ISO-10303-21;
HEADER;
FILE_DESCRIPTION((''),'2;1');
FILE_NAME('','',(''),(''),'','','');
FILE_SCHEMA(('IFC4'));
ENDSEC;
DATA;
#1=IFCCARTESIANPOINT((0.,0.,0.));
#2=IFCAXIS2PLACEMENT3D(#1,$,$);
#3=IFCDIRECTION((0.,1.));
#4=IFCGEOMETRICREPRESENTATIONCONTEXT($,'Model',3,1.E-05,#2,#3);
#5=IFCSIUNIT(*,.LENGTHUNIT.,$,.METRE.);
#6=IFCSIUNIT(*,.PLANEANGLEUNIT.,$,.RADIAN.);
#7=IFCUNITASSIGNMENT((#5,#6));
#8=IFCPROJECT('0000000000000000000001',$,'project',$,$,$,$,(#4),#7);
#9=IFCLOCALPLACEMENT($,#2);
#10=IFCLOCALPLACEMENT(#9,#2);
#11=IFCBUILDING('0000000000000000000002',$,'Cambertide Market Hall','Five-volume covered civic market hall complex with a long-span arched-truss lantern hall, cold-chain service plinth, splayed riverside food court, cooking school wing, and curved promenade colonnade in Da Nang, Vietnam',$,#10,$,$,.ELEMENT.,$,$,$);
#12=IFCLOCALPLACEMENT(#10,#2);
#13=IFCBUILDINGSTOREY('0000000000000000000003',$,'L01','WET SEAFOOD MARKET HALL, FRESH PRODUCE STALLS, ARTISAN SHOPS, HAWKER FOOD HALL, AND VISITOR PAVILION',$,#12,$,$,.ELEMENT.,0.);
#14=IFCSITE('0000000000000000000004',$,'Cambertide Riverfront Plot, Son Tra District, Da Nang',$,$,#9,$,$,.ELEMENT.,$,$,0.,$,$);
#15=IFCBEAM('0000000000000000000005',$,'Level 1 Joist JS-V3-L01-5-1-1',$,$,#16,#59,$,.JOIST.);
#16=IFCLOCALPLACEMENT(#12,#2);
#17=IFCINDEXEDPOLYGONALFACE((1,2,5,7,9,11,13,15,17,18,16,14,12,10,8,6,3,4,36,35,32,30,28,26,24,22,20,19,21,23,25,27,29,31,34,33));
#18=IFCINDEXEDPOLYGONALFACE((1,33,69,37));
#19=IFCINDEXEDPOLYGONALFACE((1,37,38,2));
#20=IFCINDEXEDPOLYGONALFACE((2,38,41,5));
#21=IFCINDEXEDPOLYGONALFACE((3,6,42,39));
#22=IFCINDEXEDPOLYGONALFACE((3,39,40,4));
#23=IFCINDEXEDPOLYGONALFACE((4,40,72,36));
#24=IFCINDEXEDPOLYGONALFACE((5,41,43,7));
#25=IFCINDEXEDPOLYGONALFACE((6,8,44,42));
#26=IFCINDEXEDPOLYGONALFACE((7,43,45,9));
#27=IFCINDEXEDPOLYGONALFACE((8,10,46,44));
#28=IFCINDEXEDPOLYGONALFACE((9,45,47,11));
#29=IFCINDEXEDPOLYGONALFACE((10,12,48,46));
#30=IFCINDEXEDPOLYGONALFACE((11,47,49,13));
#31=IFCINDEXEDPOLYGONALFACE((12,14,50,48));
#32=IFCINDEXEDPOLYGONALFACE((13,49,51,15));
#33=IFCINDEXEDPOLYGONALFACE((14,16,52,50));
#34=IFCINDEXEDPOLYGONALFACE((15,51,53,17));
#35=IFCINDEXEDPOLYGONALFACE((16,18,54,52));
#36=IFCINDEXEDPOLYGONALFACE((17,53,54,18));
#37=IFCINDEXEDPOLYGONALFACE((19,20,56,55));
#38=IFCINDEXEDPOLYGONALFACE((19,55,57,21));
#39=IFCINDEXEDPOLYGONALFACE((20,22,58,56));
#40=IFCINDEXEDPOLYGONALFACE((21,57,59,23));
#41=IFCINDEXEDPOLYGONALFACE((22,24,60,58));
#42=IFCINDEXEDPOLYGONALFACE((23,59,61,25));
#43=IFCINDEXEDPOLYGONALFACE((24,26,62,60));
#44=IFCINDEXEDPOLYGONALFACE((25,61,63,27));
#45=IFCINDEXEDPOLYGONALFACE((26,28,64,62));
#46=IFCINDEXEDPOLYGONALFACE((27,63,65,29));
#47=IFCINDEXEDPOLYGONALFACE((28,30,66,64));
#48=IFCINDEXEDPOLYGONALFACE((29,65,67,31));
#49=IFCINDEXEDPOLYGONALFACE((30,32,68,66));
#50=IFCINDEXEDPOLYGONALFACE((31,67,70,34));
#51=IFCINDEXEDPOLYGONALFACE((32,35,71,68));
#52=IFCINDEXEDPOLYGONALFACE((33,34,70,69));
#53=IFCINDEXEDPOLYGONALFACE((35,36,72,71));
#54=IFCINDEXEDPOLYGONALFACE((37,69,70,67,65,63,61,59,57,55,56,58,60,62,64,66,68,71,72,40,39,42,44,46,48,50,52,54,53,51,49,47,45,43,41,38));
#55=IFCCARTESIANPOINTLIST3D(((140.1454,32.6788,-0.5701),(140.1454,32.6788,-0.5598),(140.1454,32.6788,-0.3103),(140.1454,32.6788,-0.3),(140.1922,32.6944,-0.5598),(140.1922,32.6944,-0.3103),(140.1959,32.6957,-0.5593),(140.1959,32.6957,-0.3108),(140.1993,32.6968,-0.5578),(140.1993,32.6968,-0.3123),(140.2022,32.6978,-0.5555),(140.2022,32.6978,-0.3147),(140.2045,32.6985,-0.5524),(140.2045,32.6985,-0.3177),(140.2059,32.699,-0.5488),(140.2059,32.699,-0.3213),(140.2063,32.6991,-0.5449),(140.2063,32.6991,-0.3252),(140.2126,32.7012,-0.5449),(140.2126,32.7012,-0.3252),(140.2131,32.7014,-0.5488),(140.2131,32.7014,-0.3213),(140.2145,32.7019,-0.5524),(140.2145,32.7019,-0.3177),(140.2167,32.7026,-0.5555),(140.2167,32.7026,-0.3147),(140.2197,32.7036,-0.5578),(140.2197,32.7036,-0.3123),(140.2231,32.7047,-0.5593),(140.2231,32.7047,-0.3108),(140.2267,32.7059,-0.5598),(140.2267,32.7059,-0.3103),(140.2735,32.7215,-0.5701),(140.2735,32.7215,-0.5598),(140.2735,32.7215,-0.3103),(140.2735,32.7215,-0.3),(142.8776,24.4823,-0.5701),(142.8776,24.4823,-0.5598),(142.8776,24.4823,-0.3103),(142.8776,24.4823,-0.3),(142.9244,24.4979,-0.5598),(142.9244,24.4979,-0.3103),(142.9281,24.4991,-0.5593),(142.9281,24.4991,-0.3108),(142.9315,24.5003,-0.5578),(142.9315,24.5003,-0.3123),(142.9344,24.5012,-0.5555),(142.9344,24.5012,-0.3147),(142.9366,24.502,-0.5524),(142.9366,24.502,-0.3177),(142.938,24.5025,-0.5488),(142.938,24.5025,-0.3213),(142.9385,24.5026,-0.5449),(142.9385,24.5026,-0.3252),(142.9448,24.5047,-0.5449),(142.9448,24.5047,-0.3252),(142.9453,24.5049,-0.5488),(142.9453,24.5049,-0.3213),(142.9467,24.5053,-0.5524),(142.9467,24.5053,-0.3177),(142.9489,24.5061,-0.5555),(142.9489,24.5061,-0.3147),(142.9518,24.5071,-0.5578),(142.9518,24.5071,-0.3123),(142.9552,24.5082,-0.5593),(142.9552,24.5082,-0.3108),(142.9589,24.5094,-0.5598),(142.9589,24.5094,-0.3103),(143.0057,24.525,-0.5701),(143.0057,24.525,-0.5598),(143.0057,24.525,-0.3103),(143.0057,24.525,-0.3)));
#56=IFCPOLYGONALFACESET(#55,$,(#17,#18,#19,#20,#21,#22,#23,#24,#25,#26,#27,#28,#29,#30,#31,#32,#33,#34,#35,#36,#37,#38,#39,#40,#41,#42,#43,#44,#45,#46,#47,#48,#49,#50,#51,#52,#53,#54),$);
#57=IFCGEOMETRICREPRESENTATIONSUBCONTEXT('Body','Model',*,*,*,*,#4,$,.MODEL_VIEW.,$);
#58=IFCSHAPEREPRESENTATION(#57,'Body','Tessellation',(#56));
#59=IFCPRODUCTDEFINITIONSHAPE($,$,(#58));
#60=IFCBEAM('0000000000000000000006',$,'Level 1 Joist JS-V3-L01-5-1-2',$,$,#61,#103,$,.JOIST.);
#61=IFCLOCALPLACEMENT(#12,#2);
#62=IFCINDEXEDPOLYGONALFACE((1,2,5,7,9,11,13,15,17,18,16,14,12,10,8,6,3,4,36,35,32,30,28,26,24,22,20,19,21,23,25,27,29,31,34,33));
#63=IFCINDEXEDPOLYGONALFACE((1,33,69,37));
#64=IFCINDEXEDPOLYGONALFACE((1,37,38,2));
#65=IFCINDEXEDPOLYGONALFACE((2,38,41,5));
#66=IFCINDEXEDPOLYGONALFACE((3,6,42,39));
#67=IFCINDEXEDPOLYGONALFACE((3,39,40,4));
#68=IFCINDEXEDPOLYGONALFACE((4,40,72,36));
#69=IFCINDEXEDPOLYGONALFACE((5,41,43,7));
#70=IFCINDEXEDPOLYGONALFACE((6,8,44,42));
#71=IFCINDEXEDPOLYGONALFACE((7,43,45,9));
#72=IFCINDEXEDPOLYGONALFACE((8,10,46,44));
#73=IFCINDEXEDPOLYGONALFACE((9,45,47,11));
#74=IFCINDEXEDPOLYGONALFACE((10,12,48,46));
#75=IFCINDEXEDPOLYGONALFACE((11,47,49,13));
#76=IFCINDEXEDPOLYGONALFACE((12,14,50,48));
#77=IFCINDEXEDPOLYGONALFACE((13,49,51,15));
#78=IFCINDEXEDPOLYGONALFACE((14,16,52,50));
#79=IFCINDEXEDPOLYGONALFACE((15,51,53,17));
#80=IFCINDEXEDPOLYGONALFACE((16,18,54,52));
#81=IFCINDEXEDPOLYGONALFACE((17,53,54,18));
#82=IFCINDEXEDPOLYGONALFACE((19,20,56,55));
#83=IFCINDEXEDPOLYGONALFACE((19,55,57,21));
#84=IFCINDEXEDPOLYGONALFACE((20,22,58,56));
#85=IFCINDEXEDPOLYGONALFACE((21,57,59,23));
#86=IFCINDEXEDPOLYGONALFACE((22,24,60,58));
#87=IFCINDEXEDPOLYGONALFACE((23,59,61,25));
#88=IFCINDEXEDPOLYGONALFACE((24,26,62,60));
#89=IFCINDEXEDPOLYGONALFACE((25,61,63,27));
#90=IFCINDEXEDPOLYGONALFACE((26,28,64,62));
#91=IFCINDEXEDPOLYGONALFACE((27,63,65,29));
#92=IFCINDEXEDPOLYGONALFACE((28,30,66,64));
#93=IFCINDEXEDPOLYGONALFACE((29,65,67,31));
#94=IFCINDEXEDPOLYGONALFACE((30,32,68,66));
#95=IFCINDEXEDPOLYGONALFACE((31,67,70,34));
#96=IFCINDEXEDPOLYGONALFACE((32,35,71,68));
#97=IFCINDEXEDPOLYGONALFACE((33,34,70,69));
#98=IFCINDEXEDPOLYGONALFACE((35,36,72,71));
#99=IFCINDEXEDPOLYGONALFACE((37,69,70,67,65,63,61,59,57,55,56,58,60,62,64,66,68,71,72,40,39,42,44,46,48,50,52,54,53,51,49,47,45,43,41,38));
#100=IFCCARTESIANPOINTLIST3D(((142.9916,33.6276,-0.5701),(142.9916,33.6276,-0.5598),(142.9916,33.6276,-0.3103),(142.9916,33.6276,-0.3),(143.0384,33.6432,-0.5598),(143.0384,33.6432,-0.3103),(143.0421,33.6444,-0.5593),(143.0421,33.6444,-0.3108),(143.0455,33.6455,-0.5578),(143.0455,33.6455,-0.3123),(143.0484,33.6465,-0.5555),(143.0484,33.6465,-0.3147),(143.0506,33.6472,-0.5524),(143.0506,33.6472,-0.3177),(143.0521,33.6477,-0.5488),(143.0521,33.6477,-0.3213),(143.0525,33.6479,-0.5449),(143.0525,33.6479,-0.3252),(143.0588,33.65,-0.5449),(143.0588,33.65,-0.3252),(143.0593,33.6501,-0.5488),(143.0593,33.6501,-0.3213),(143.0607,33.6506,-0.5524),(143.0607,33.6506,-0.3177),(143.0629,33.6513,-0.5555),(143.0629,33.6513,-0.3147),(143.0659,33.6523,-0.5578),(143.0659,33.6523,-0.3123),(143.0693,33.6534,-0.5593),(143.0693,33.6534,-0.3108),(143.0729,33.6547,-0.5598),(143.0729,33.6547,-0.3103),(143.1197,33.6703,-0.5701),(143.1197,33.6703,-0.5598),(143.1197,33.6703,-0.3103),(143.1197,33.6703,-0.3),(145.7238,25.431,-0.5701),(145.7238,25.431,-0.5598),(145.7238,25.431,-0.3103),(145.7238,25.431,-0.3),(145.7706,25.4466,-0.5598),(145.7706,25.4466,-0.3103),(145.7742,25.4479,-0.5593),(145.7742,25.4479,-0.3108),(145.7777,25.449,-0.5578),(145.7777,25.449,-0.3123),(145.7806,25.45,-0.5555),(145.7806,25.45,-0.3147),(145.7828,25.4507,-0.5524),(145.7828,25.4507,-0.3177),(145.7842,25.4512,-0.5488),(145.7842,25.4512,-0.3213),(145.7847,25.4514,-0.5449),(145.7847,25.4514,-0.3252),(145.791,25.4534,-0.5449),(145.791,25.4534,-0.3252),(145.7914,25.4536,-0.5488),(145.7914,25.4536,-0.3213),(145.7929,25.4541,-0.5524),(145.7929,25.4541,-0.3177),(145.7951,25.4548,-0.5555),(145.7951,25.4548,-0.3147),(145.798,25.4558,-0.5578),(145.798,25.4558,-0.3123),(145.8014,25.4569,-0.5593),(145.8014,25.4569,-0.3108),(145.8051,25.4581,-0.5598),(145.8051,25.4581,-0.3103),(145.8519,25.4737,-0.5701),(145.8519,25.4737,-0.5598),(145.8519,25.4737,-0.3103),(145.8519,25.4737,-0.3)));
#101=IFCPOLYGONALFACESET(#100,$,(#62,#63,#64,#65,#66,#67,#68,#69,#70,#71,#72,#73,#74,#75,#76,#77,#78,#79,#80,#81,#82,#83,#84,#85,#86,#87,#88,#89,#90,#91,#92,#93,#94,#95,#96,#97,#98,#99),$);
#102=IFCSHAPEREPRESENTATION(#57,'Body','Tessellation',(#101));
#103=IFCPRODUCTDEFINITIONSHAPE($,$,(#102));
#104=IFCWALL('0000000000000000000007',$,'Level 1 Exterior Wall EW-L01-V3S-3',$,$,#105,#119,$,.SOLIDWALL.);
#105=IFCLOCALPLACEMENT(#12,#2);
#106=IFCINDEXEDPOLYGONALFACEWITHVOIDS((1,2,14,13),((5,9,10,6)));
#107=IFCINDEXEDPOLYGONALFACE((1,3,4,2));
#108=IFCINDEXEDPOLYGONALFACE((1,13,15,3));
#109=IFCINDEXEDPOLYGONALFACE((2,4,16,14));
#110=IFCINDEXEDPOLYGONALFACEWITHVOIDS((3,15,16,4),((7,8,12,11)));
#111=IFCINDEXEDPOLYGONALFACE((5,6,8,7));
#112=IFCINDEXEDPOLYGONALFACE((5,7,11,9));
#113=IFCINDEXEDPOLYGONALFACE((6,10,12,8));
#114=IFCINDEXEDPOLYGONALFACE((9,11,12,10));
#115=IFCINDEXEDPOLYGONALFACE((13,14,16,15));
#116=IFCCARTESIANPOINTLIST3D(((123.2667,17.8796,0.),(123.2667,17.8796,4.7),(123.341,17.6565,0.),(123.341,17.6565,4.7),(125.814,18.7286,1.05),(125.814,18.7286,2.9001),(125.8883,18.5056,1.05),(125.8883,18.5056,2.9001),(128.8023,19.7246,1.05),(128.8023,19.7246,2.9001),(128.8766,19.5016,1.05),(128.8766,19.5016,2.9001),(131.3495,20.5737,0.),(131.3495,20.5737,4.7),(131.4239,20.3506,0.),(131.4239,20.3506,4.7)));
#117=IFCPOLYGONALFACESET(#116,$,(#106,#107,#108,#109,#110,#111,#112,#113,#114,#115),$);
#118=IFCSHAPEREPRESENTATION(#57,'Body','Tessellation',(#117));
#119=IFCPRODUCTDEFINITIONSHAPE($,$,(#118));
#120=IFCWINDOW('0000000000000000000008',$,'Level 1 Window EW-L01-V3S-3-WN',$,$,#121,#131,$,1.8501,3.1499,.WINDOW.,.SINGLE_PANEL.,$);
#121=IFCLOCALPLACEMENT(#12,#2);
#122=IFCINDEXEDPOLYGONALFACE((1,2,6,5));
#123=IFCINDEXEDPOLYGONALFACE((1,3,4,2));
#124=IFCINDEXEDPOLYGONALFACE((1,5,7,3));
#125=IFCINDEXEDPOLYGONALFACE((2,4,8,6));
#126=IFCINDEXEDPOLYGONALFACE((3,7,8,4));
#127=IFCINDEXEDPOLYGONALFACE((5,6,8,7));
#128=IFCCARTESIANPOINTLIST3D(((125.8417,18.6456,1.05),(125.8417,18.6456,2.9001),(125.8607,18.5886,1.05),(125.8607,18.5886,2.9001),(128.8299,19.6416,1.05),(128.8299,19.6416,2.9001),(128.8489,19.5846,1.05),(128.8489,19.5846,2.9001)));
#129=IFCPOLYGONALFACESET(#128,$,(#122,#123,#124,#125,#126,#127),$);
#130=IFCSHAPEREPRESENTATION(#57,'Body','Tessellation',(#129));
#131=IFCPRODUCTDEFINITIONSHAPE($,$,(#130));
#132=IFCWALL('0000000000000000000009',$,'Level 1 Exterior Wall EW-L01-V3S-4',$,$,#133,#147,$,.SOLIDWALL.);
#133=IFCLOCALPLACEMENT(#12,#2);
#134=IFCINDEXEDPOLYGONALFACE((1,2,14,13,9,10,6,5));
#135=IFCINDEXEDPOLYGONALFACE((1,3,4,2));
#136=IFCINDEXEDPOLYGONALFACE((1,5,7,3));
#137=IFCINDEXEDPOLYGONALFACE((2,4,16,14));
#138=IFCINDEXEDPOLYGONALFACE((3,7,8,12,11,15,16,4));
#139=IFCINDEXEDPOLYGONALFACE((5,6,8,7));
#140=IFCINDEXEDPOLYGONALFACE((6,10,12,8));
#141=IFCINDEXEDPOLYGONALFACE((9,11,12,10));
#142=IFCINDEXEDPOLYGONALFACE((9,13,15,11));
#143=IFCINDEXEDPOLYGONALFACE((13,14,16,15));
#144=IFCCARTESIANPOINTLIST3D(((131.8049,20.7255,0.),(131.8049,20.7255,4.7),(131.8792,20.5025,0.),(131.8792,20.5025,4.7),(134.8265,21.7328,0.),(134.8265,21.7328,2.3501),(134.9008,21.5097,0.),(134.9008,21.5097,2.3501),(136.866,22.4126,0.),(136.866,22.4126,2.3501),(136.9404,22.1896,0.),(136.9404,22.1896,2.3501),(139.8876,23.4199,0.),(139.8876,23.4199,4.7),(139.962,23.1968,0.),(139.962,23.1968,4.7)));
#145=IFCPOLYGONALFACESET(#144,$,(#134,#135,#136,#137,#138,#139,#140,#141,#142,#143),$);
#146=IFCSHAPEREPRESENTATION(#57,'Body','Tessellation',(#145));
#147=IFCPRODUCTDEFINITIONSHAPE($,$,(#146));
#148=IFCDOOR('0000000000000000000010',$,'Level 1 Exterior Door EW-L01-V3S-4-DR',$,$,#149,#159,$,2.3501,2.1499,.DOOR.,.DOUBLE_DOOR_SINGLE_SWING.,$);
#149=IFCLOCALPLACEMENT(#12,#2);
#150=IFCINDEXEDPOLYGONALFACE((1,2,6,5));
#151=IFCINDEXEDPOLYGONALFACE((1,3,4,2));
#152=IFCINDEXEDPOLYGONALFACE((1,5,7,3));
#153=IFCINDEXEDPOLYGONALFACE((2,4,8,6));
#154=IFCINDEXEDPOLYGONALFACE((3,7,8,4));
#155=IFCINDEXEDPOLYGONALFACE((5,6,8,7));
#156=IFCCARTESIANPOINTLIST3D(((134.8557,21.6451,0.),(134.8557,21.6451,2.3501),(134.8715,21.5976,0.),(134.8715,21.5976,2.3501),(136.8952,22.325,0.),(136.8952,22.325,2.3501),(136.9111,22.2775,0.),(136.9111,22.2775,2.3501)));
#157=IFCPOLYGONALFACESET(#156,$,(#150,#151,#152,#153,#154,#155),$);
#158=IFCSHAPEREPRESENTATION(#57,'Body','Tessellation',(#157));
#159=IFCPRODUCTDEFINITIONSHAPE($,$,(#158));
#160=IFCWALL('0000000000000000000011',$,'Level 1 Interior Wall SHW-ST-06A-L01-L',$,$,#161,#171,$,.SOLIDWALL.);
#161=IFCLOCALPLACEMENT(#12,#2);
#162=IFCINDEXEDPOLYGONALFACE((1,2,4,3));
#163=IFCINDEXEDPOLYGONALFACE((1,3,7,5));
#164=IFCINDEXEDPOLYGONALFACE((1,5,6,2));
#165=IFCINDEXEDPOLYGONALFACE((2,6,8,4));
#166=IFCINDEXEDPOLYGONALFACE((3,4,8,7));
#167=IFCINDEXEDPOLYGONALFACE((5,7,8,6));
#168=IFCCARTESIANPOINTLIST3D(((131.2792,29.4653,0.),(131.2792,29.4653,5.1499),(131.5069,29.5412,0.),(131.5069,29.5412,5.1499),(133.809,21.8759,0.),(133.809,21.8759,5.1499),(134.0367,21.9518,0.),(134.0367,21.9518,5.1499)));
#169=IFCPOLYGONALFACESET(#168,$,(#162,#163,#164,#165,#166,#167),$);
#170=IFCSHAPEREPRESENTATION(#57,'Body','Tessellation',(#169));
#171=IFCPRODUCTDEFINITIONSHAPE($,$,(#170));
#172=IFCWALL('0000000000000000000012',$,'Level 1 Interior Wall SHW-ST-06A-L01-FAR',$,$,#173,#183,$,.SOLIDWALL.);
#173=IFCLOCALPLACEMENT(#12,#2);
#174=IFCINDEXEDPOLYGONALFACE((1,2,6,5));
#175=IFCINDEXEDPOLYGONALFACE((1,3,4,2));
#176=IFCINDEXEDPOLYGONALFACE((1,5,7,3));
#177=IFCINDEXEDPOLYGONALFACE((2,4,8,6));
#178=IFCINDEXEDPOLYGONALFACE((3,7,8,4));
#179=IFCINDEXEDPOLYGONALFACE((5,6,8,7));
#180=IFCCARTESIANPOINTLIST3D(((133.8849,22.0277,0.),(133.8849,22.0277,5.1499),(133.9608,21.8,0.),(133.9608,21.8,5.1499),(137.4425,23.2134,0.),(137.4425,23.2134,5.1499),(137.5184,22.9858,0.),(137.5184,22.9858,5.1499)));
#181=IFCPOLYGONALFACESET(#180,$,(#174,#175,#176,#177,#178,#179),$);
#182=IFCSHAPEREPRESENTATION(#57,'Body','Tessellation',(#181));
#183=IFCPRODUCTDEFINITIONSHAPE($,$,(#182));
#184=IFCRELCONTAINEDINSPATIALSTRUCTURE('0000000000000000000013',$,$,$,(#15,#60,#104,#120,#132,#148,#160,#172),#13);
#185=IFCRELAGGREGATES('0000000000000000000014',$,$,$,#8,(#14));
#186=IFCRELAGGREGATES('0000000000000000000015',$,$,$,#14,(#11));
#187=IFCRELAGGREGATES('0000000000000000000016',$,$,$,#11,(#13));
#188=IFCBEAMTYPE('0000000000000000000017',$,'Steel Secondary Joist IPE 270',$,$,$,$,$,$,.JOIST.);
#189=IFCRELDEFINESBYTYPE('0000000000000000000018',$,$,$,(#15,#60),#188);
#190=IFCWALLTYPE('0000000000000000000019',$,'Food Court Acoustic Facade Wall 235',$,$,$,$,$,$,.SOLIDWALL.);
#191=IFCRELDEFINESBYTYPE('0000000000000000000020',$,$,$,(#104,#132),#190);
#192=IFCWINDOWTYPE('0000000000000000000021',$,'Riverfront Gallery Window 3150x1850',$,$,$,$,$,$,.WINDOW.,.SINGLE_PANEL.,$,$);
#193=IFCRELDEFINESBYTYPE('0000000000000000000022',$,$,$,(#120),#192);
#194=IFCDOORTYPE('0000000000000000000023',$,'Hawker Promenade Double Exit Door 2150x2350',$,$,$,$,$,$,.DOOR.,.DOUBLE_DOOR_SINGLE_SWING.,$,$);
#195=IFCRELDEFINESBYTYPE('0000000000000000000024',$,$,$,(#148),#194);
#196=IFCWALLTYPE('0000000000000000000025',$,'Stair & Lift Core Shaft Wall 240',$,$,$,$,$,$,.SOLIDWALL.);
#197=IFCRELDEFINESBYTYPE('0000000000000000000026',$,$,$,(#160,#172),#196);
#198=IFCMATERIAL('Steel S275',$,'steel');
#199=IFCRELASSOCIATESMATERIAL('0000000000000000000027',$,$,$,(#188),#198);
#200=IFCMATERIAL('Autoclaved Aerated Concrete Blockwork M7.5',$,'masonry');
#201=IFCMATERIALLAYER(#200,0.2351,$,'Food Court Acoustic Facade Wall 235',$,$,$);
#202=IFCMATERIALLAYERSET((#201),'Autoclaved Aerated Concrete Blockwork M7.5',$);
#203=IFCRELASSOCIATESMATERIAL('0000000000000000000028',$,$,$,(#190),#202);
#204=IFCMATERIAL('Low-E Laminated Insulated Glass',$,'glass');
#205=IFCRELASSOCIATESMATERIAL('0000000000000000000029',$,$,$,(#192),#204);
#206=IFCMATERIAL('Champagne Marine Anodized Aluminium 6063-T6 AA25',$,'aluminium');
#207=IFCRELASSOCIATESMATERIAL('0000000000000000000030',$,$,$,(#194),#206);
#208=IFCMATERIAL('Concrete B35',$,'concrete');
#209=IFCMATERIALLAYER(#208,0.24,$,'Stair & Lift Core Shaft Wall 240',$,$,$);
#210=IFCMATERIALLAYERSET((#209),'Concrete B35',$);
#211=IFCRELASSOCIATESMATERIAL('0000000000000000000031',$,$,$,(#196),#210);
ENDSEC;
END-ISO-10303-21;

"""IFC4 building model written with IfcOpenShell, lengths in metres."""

from ifc_helpers import new_model, si_unit, direction, frame, frame_2d, origin, origin_2d, place, context, subcontext, project, spatial, rectangle, i_section, extrude, material, layer, layer_set, material_profile, profile_set, type_object, element, fill, save


model = new_model("IFC4")

# Units and contexts
model_context = context("Model", 3, precision=1e-05, world=origin(), true_north=direction((0.0, 1.0)))
body_context = subcontext(model_context, "Body", "Model", "MODEL_VIEW")
ifc_project = project(units=[si_unit("LENGTHUNIT", "METRE"), si_unit("PLANEANGLEUNIT", "RADIAN")], contexts=[model_context])

# Site, building, storey
site_placement = place(None, origin())
site = spatial("IfcSite", under=ifc_project, at=site_placement, Name="Cambertide Riverfront Plot, Son Tra District, Da Nang", CompositionType="ELEMENT", RefElevation=0.0)
building_placement = place(site_placement, origin())
building = spatial("IfcBuilding", under=site, at=building_placement, Name="Cambertide Market Hall", Description="Five-volume covered civic market hall complex with a long-span arched-truss lantern hall, cold-chain service plinth, splayed riverside food court, cooking school wing, and curved promenade colonnade in Da Nang, Vietnam", CompositionType="ELEMENT")
storey_placement = place(building_placement, origin())
storey = spatial("IfcBuildingStorey", under=building, at=storey_placement, Name="L01", Description="WET SEAFOOD MARKET HALL, FRESH PRODUCE STALLS, ARTISAN SHOPS, HAWKER FOOD HALL, AND VISITOR PAVILION", CompositionType="ELEMENT", Elevation=0.0)

# Beams
ifc_material_1 = material(Name="Steel S275", Category="steel")
ifc_material_profile_1 = material_profile(ifc_material_1, i_section(OverallWidth=0.135, OverallDepth=0.27, WebThickness=0.0066, FlangeThickness=0.0103, FilletRadius=0.0149, at=origin_2d()), Name="IPE 270")
ifc_profile_set_1 = profile_set([ifc_material_profile_1], Name="Steel S275")
beam_type_1 = type_object("IfcBeamType", Name="Steel Secondary Joist IPE 270", PredefinedType="JOIST", material=ifc_profile_set_1)
for number, where, z_axis, x_axis, name in (
    (1, (142.9417, 24.5037, -0.4351), (-0.316228, 0.948683, 0.0), (-0.948683, -0.316228, 0.0), "Level 1 Joist JS-V3-L01-5-1-1"),
    (2, (145.7878, 25.4524, -0.4351), (-0.316228, 0.948683, 0.0), (-0.948683, -0.316228, 0.0), "Level 1 Joist JS-V3-L01-5-1-2"),
):
    element("IfcBeam", number, at=place(storey_placement, frame(where, z_axis=z_axis, x_axis=x_axis)), inside=storey, type_object=beam_type_1, Name=name, PredefinedType="JOIST", context=body_context, shape_type="SweptSolid", body=[
        extrude(i_section(OverallWidth=0.135, OverallDepth=0.27, WebThickness=0.0066, FlangeThickness=0.0103, FilletRadius=0.0149, at=origin_2d()), origin(), (0.0, 0.0, 1.0), 8.6399),
    ])

# Wall, opening, window
ifc_material_2 = material(Name="Autoclaved Aerated Concrete Blockwork M7.5", Category="masonry")
ifc_layer_1 = layer(ifc_material_2, 0.2351, Name="Food Court Acoustic Facade Wall 235")
ifc_layer_set_1 = layer_set([ifc_layer_1], Name="Autoclaved Aerated Concrete Blockwork M7.5")
wall_type_1 = type_object("IfcWallType", Name="Food Court Acoustic Facade Wall 235", PredefinedType="SOLIDWALL", material=ifc_layer_set_1)
wall_1_placement = place(storey_placement, frame((131.3867, 20.4622, 0.0), z_axis=(0.0, 0.0, 1.0), x_axis=(-0.948689, -0.316211, 0.0)))
wall_1 = element("IfcWall", 3, at=wall_1_placement, inside=storey, type_object=wall_type_1, Name="Level 1 Exterior Wall EW-L01-V3S-3", PredefinedType="SOLIDWALL", context=body_context, shape_type="SweptSolid", body=[
    extrude(rectangle(XDim=8.52, YDim=0.2351, at=frame_2d((4.26, 0.0))), origin(), (0.0, 0.0, 1.0), 4.7),
])
opening_1_placement = place(wall_1_placement, frame((2.6851, 0.0, 1.05)))
opening_1 = element("IfcOpeningElement", 4, at=opening_1_placement, cuts=wall_1, PredefinedType="OPENING", context=body_context, shape_type="SweptSolid", body=[
    extrude(rectangle(XDim=3.1499, YDim=1.8501, at=frame_2d((1.575, 0.925))), frame((0.0, 0.1274, 0.0), z_axis=(0.0, -1.0, 0.0), x_axis=(1.0, 0.0, 0.0)), (0.0, 0.0, 1.0), 0.2551),
])
ifc_material_3 = material(Name="Low-E Laminated Insulated Glass", Category="glass")
window_type = type_object("IfcWindowType", Name="Riverfront Gallery Window 3150x1850", PartitioningType="SINGLE_PANEL", PredefinedType="WINDOW", material=ifc_material_3)
window_placement = place(opening_1_placement, origin())
window = element("IfcWindow", 5, at=window_placement, inside=storey, type_object=window_type, Name="Level 1 Window EW-L01-V3S-3-WN", OverallHeight=1.8501, OverallWidth=3.1499, PartitioningType="SINGLE_PANEL", PredefinedType="WINDOW", context=body_context, shape_type="SweptSolid", body=[
    extrude(rectangle(XDim=3.1499, YDim=1.8501, at=frame_2d((1.575, 0.925))), frame((0.0, 0.03, 0.0), z_axis=(0.0, -1.0, 0.0), x_axis=(1.0, 0.0, 0.0)), (0.0, 0.0, 1.0), 0.0601),
])
fill(opening_1, window)

# Wall, opening, door
wall_2_placement = place(storey_placement, frame((139.9248, 23.3083, 0.0), z_axis=(0.0, 0.0, 1.0), x_axis=(-0.94868, -0.316236, 0.0)))
wall_2 = element("IfcWall", 6, at=wall_2_placement, inside=storey, type_object=wall_type_1, Name="Level 1 Exterior Wall EW-L01-V3S-4", PredefinedType="SOLIDWALL", context=body_context, shape_type="SweptSolid", body=[
    extrude(rectangle(XDim=8.52, YDim=0.2351, at=frame_2d((4.26, 0.0))), origin(), (0.0, 0.0, 1.0), 4.7),
])
opening_2_placement = place(wall_2_placement, frame((3.1851, 0.0, 0.0)))
opening_2 = element("IfcOpeningElement", 7, at=opening_2_placement, cuts=wall_2, PredefinedType="OPENING", context=body_context, shape_type="SweptSolid", body=[
    extrude(rectangle(XDim=2.1499, YDim=2.3501, at=frame_2d((1.075, 1.175))), frame((0.0, 0.1274, 0.0), z_axis=(0.0, -1.0, 0.0), x_axis=(1.0, 0.0, 0.0)), (0.0, 0.0, 1.0), 0.2551),
])
ifc_material_4 = material(Name="Champagne Marine Anodized Aluminium 6063-T6 AA25", Category="aluminium")
door_type_1 = type_object("IfcDoorType", Name="Hawker Promenade Double Exit Door 2150x2350", OperationType="DOUBLE_DOOR_SINGLE_SWING", PredefinedType="DOOR", material=ifc_material_4)
door_1_placement = place(opening_2_placement, origin())
door_1 = element("IfcDoor", 8, at=door_1_placement, inside=storey, type_object=door_type_1, Name="Level 1 Exterior Door EW-L01-V3S-4-DR", OperationType="DOUBLE_DOOR_SINGLE_SWING", OverallHeight=2.3501, OverallWidth=2.1499, PredefinedType="DOOR", context=body_context, shape_type="SweptSolid", body=[
    extrude(rectangle(XDim=2.1499, YDim=2.3501, at=frame_2d((1.075, 1.175))), frame((0.0, 0.0249, 0.0), z_axis=(0.0, -1.0, 0.0), x_axis=(1.0, 0.0, 0.0)), (0.0, 0.0, 1.0), 0.05),
])
fill(opening_2, door_1)

# Walls
ifc_material_5 = material(Name="Concrete B35", Category="concrete")
ifc_layer_2 = layer(ifc_material_5, 0.24, Name="Stair & Lift Core Shaft Wall 240")
ifc_layer_set_2 = layer_set([ifc_layer_2], Name="Concrete B35")
wall_type_2 = type_object("IfcWallType", Name="Stair & Lift Core Shaft Wall 240", PredefinedType="SOLIDWALL", material=ifc_layer_set_2)
wall_3_placement = place(storey_placement, frame((133.9229, 21.9138, 0.0), z_axis=(0.0, 0.0, 1.0), x_axis=(-0.316228, 0.948683, 0.0)))
element("IfcWall", 9, at=wall_3_placement, inside=storey, type_object=wall_type_2, Name="Level 1 Interior Wall SHW-ST-06A-L01-L", PredefinedType="SOLIDWALL", context=body_context, shape_type="SweptSolid", body=[
    extrude(rectangle(XDim=8.0, YDim=0.24, at=frame_2d((4.0, 0.0))), origin(), (0.0, 0.0, 1.0), 5.1499),
])
wall_4_placement = place(storey_placement, frame((137.4805, 23.0996, 0.0), z_axis=(0.0, 0.0, 1.0), x_axis=(-0.94869, -0.316208, 0.0)))
element("IfcWall", 10, at=wall_4_placement, inside=storey, type_object=wall_type_2, Name="Level 1 Interior Wall SHW-ST-06A-L01-FAR", PredefinedType="SOLIDWALL", context=body_context, shape_type="SweptSolid", body=[
    extrude(rectangle(XDim=3.75, YDim=0.24, at=frame_2d((1.875, 0.0))), origin(), (0.0, 0.0, 1.0), 5.1499),
])

save(model, "model.ifc")
